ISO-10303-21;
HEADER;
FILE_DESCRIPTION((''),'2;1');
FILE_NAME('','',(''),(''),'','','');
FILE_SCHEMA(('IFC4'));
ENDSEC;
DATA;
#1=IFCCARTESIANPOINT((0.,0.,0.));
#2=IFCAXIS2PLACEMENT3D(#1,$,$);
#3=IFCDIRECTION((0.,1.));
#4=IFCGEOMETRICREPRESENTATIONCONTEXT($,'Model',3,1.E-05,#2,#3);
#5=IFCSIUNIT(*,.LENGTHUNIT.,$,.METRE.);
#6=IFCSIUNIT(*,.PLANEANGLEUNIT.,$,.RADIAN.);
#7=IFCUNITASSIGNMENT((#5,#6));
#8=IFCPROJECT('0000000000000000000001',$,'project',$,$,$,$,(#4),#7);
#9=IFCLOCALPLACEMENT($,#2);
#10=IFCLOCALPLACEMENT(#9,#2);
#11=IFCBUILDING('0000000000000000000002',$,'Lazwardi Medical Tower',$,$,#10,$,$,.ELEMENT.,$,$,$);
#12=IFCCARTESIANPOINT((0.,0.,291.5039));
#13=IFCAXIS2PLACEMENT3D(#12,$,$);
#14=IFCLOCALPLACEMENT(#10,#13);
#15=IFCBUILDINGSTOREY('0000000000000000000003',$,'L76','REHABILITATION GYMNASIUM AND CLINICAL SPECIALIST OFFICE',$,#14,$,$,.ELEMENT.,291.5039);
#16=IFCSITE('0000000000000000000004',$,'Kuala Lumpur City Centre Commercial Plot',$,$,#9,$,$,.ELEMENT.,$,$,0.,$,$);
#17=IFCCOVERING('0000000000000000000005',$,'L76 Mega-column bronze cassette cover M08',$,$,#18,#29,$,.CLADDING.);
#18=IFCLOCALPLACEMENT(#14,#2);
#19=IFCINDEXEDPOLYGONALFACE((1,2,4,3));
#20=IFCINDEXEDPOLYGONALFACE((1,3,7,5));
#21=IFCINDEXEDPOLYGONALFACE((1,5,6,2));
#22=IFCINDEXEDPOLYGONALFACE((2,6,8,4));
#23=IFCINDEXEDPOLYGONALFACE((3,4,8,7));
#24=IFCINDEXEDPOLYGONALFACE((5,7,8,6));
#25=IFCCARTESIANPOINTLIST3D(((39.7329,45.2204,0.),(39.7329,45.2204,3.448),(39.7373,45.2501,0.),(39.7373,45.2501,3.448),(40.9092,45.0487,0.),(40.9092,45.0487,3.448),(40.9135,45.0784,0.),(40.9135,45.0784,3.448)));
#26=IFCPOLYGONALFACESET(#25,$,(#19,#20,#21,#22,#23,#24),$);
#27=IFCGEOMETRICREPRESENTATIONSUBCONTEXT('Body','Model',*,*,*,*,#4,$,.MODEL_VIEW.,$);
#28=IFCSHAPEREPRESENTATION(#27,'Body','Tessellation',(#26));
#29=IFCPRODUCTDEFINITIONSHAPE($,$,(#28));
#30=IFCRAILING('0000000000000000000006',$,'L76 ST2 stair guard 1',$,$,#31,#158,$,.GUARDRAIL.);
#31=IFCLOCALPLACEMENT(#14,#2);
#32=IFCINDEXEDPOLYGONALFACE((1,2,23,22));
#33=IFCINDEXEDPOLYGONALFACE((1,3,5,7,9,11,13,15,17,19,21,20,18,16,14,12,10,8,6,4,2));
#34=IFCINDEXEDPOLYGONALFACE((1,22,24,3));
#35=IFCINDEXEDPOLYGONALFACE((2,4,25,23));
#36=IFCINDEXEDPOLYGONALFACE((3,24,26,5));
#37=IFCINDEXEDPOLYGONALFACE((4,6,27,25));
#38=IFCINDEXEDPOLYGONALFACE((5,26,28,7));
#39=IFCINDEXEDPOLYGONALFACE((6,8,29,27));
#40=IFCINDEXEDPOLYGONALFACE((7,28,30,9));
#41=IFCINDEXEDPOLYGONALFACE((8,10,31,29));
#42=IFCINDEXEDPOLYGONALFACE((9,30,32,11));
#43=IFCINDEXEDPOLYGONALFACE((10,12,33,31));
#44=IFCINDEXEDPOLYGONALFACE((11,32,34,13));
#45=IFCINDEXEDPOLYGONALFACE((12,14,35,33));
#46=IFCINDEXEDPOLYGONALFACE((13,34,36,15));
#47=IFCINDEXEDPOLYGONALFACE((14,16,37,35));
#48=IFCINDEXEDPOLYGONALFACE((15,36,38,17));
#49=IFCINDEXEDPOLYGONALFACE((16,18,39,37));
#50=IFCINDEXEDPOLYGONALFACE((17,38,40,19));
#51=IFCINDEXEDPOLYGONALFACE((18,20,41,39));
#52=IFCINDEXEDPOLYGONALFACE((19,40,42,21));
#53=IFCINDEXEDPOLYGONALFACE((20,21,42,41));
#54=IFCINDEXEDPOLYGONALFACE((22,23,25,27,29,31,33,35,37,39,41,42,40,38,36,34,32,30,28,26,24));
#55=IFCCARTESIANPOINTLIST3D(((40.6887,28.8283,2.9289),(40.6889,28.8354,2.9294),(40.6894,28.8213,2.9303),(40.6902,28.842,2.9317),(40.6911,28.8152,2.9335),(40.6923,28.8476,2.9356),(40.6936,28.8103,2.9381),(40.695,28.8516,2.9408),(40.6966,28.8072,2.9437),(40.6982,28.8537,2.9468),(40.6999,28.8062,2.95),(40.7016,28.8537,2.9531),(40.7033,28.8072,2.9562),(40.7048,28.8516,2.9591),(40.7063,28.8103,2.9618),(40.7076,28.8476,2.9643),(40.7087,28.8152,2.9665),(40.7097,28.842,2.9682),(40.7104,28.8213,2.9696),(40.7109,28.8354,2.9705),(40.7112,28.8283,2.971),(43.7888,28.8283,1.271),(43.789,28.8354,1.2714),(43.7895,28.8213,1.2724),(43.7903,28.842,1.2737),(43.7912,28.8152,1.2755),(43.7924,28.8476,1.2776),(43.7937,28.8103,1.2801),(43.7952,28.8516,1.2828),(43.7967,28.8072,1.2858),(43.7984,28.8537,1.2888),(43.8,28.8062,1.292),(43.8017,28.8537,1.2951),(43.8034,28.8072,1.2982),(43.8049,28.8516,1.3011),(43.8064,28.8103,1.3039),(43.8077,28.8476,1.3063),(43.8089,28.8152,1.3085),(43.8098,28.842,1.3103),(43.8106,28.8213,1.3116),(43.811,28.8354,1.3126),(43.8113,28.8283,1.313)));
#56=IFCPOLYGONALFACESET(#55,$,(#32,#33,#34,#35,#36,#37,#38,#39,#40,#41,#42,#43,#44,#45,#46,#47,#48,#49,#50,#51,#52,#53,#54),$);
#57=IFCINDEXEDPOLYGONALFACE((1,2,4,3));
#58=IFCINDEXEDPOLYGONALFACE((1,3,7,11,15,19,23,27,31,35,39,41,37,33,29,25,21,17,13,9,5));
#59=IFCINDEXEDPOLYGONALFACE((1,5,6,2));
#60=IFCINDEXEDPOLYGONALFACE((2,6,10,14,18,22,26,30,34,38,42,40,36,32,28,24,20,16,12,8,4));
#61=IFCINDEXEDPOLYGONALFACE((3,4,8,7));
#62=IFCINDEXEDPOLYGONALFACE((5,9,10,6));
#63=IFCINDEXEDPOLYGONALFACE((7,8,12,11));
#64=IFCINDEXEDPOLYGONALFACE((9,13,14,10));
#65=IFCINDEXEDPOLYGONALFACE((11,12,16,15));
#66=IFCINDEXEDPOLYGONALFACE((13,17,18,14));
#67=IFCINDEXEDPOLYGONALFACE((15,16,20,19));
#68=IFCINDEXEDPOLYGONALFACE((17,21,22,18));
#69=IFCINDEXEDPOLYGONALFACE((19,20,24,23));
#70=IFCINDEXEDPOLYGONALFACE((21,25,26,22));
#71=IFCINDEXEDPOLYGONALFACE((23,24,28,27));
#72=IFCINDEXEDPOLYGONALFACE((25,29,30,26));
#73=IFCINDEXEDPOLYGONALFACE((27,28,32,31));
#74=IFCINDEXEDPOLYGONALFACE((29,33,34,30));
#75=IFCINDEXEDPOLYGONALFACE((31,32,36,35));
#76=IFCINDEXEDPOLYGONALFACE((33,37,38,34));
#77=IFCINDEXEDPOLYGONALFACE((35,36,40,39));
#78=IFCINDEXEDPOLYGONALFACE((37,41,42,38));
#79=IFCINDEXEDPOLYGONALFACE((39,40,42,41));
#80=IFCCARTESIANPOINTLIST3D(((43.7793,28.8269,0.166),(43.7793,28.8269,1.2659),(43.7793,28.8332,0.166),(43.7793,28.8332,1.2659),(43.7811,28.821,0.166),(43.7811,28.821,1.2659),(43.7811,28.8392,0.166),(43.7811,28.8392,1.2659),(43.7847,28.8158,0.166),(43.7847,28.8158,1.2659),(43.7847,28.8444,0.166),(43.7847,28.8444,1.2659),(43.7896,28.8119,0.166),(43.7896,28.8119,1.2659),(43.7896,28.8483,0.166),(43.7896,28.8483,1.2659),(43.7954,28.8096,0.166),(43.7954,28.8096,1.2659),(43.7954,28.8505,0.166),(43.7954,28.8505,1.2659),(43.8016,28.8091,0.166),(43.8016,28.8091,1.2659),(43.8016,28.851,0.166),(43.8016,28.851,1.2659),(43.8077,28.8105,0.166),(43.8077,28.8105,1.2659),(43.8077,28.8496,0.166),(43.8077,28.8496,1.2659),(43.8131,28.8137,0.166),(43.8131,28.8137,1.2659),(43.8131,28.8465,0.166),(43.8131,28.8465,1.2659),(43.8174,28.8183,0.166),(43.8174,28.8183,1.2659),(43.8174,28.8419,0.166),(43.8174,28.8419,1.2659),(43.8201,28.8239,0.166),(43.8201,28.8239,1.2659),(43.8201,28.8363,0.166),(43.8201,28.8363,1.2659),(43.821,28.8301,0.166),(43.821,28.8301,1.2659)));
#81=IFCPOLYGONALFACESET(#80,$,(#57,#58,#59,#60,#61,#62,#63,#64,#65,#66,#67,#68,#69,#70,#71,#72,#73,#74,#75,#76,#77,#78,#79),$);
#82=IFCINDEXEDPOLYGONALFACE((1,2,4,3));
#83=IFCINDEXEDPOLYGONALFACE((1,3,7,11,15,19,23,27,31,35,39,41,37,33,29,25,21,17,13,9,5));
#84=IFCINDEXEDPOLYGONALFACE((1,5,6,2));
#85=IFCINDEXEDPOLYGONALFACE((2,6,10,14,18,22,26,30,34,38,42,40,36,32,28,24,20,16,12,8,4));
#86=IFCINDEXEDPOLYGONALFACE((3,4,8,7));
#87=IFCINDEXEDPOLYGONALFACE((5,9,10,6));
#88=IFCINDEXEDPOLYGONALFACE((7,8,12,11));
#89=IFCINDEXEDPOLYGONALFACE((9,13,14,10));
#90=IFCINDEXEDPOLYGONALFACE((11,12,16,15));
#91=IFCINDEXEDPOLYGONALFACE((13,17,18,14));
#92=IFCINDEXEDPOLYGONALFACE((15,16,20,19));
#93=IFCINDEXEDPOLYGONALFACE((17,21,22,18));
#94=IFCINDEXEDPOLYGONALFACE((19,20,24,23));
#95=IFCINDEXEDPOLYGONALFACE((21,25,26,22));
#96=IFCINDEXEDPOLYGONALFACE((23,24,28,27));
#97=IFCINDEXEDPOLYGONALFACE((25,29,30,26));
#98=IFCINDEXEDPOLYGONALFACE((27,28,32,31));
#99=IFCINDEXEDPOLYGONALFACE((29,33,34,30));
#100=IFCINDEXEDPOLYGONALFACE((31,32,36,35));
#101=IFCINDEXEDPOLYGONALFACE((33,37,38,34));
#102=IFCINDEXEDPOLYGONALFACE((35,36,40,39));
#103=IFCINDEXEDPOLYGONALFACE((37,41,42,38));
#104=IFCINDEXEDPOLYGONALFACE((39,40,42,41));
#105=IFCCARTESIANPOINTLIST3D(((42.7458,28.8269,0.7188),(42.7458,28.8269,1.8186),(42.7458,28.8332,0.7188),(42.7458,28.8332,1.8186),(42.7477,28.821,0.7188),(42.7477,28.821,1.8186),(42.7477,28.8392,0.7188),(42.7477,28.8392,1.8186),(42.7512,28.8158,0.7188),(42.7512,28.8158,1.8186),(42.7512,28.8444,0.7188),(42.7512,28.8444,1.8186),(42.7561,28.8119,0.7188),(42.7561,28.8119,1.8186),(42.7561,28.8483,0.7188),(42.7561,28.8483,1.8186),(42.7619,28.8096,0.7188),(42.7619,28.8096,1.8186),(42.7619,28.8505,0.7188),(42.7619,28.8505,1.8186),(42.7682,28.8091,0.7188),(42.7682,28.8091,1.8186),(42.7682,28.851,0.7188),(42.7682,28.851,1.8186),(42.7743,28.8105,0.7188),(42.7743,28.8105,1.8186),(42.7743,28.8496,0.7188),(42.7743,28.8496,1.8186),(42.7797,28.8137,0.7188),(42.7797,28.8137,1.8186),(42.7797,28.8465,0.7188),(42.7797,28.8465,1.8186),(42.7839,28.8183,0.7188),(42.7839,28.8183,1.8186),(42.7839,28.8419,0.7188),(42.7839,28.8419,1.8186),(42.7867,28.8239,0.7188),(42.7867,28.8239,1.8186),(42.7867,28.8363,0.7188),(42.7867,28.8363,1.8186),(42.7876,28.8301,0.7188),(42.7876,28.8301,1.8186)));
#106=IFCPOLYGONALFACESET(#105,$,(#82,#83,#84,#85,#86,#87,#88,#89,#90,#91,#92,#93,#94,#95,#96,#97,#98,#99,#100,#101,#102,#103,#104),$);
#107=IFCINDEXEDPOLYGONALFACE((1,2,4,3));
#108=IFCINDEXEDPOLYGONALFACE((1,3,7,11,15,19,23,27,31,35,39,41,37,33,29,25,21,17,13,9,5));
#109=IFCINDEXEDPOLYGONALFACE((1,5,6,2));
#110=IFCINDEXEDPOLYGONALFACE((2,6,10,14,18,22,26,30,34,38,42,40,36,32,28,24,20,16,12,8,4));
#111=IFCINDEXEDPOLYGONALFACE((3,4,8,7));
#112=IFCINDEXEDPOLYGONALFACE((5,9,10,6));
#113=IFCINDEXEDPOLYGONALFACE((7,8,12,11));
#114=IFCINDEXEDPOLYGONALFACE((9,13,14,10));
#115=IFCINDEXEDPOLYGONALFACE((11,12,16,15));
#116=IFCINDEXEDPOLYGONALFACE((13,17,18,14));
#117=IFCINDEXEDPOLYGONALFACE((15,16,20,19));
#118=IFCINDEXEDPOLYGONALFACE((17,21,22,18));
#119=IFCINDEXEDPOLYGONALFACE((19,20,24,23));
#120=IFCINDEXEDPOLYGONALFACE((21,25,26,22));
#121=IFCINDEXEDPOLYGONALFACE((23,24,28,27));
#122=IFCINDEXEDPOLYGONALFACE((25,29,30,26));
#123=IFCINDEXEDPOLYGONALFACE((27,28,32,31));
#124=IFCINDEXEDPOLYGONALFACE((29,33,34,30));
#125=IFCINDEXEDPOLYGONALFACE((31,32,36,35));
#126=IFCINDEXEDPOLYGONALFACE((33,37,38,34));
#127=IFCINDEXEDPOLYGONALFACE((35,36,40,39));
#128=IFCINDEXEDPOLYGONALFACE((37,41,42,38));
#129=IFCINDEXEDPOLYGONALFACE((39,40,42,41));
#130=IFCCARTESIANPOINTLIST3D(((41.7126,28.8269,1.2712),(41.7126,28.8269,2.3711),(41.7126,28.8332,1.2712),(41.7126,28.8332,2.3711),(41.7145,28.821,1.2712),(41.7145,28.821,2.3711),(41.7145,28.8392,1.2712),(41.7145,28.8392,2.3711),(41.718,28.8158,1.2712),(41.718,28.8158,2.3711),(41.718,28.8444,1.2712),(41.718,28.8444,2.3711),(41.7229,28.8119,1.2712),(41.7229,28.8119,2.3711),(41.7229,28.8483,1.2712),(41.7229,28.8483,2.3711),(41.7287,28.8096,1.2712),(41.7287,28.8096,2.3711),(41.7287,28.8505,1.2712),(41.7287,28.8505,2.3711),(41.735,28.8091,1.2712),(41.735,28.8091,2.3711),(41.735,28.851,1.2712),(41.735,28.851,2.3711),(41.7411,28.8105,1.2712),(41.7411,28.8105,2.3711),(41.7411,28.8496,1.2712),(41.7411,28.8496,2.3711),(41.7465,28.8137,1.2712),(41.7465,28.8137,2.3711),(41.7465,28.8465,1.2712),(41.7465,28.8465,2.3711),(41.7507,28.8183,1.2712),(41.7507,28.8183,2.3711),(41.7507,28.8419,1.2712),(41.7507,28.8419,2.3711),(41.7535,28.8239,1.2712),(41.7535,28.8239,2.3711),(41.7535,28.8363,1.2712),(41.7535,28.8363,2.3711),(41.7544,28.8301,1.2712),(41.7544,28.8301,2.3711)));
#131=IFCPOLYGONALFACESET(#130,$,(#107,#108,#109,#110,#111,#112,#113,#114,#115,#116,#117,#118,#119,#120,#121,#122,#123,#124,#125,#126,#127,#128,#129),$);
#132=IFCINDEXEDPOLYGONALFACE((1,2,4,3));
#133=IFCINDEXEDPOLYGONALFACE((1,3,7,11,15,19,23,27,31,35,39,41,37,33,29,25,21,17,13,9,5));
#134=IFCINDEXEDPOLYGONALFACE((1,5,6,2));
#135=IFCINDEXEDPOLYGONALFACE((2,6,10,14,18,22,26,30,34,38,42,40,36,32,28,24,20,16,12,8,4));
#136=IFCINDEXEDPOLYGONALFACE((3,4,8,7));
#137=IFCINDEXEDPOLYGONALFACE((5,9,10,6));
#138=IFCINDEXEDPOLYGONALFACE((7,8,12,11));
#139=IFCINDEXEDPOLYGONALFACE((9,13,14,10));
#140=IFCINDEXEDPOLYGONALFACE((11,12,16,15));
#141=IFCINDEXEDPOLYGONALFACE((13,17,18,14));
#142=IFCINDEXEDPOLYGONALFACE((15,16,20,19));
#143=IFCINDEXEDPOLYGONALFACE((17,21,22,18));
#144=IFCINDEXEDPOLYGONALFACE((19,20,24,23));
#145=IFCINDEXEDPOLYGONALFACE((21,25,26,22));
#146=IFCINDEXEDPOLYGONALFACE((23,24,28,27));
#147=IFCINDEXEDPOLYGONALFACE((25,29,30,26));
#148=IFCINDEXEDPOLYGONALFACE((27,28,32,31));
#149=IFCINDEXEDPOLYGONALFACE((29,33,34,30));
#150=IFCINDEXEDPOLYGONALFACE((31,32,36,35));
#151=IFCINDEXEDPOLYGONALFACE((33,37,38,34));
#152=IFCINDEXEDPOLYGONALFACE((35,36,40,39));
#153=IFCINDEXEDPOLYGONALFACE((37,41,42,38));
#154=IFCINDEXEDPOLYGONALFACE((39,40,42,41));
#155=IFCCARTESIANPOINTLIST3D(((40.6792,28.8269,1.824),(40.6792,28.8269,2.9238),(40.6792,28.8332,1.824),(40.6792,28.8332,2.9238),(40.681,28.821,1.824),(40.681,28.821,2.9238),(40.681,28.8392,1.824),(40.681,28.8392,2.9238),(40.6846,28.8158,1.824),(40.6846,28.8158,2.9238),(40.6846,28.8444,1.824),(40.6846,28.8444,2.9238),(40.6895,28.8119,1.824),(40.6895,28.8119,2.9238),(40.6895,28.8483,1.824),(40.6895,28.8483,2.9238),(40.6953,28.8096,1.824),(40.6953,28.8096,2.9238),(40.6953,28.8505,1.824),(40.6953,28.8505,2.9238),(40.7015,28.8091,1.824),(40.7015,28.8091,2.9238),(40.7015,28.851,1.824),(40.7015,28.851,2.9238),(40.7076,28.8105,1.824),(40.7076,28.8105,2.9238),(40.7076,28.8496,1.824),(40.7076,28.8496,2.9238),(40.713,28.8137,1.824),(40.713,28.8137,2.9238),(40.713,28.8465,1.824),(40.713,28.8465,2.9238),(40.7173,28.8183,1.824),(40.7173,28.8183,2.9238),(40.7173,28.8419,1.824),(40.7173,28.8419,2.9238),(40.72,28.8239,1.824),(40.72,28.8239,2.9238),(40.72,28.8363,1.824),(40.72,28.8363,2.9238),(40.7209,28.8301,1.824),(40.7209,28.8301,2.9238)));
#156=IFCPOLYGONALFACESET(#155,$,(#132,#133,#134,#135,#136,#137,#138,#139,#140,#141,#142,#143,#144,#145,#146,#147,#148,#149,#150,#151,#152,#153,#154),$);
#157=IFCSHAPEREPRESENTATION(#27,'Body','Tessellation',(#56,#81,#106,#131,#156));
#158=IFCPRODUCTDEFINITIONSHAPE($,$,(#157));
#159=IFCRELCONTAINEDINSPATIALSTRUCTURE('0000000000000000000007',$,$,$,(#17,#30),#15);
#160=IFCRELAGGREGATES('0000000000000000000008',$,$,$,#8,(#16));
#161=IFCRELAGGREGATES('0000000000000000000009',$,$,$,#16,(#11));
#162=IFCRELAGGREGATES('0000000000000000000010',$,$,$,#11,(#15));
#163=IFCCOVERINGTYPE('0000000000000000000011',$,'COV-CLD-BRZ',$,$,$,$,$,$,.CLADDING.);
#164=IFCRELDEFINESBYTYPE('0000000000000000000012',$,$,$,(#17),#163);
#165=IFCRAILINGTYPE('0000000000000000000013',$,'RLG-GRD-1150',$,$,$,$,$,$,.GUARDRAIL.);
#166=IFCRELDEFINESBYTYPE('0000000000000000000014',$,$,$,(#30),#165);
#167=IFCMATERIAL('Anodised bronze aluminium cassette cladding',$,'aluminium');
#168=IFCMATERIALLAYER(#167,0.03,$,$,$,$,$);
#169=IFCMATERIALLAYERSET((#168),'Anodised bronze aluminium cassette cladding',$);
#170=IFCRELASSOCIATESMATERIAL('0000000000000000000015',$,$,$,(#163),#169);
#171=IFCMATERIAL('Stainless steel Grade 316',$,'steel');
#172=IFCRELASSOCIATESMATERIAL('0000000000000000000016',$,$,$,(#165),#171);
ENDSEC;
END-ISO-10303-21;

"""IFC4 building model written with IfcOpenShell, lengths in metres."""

from ifc_helpers import new_model, si_unit, direction, frame, origin, origin_2d, place, context, subcontext, project, spatial, rectangle, circle, extrude, material, layer, layer_set, type_object, element, save


model = new_model("IFC4")

# Units and contexts
model_context = context("Model", 3, precision=1e-05, world=origin(), true_north=direction((0.0, 1.0)))
body_context = subcontext(model_context, "Body", "Model", "MODEL_VIEW")
ifc_project = project(units=[si_unit("LENGTHUNIT", "METRE"), si_unit("PLANEANGLEUNIT", "RADIAN")], contexts=[model_context])

# Site, building, storey
site_placement = place(None, origin())
site = spatial("IfcSite", under=ifc_project, at=site_placement, Name="Kuala Lumpur City Centre Commercial Plot", CompositionType="ELEMENT", RefElevation=0.0)
building_placement = place(site_placement, origin())
building = spatial("IfcBuilding", under=site, at=building_placement, Name="Lazwardi Medical Tower", CompositionType="ELEMENT")
storey_placement = place(building_placement, frame((0.0, 0.0, 291.5039)))
storey = spatial("IfcBuildingStorey", under=building, at=storey_placement, Name="L76", Description="REHABILITATION GYMNASIUM AND CLINICAL SPECIALIST OFFICE", CompositionType="ELEMENT", Elevation=291.5039)

# Covering
ifc_material_1 = material(Name="Anodised bronze aluminium cassette cladding", Category="aluminium")
ifc_layer_1 = layer(ifc_material_1, 0.03)
ifc_layer_set_1 = layer_set([ifc_layer_1], Name="Anodised bronze aluminium cassette cladding")
covering_type = type_object("IfcCoveringType", Name="COV-CLD-BRZ", PredefinedType="CLADDING", material=ifc_layer_set_1)
covering_placement = place(storey_placement, frame((40.3232, 45.1494, 0.0), z_axis=(0.0, 0.0, 1.0), x_axis=(-0.989512, 0.144448, 0.0)))
element("IfcCovering", 1, at=covering_placement, inside=storey, type_object=covering_type, Name="L76 Mega-column bronze cassette cover M08", PredefinedType="CLADDING", context=body_context, shape_type="SweptSolid", body=[
    extrude(rectangle(XDim=1.1887, YDim=0.03, at=origin_2d()), origin(), (0.0, 0.0, 1.0), 3.448),
])

# Railing
ifc_material_2 = material(Name="Stainless steel Grade 316", Category="steel")
railing_type_1 = type_object("IfcRailingType", Name="RLG-GRD-1150", PredefinedType="GUARDRAIL", material=ifc_material_2)
railing_1_placement = place(storey_placement, frame((43.8, 28.8301, 0.166)))
element("IfcRailing", 2, at=railing_1_placement, inside=storey, type_object=railing_type_1, Name="L76 ST2 stair guard 1", PredefinedType="GUARDRAIL", context=body_context, shape_type="SweptSolid", body=[
    extrude(circle(Radius=0.0239, at=origin_2d()), frame((0.0, 0.0, 1.126), z_axis=(-0.881812, 0.0, 0.471601), x_axis=(0.0, -1.0, 0.0)), (0.0, 0.0, 1.0), 3.5156),
    extrude(circle(Radius=0.021, at=origin_2d()), origin(), (0.0, 0.0, 1.0), 1.0999),
    extrude(circle(Radius=0.021, at=origin_2d()), frame((-1.0334, 0.0, 0.5527)), (0.0, 0.0, 1.0), 1.0999),
    extrude(circle(Radius=0.021, at=origin_2d()), frame((-2.0667, 0.0, 1.1052)), (0.0, 0.0, 1.0), 1.0999),
    extrude(circle(Radius=0.021, at=origin_2d()), frame((-3.1001, 0.0, 1.658)), (0.0, 0.0, 1.0), 1.0999),
])

save(model, "model.ifc")
